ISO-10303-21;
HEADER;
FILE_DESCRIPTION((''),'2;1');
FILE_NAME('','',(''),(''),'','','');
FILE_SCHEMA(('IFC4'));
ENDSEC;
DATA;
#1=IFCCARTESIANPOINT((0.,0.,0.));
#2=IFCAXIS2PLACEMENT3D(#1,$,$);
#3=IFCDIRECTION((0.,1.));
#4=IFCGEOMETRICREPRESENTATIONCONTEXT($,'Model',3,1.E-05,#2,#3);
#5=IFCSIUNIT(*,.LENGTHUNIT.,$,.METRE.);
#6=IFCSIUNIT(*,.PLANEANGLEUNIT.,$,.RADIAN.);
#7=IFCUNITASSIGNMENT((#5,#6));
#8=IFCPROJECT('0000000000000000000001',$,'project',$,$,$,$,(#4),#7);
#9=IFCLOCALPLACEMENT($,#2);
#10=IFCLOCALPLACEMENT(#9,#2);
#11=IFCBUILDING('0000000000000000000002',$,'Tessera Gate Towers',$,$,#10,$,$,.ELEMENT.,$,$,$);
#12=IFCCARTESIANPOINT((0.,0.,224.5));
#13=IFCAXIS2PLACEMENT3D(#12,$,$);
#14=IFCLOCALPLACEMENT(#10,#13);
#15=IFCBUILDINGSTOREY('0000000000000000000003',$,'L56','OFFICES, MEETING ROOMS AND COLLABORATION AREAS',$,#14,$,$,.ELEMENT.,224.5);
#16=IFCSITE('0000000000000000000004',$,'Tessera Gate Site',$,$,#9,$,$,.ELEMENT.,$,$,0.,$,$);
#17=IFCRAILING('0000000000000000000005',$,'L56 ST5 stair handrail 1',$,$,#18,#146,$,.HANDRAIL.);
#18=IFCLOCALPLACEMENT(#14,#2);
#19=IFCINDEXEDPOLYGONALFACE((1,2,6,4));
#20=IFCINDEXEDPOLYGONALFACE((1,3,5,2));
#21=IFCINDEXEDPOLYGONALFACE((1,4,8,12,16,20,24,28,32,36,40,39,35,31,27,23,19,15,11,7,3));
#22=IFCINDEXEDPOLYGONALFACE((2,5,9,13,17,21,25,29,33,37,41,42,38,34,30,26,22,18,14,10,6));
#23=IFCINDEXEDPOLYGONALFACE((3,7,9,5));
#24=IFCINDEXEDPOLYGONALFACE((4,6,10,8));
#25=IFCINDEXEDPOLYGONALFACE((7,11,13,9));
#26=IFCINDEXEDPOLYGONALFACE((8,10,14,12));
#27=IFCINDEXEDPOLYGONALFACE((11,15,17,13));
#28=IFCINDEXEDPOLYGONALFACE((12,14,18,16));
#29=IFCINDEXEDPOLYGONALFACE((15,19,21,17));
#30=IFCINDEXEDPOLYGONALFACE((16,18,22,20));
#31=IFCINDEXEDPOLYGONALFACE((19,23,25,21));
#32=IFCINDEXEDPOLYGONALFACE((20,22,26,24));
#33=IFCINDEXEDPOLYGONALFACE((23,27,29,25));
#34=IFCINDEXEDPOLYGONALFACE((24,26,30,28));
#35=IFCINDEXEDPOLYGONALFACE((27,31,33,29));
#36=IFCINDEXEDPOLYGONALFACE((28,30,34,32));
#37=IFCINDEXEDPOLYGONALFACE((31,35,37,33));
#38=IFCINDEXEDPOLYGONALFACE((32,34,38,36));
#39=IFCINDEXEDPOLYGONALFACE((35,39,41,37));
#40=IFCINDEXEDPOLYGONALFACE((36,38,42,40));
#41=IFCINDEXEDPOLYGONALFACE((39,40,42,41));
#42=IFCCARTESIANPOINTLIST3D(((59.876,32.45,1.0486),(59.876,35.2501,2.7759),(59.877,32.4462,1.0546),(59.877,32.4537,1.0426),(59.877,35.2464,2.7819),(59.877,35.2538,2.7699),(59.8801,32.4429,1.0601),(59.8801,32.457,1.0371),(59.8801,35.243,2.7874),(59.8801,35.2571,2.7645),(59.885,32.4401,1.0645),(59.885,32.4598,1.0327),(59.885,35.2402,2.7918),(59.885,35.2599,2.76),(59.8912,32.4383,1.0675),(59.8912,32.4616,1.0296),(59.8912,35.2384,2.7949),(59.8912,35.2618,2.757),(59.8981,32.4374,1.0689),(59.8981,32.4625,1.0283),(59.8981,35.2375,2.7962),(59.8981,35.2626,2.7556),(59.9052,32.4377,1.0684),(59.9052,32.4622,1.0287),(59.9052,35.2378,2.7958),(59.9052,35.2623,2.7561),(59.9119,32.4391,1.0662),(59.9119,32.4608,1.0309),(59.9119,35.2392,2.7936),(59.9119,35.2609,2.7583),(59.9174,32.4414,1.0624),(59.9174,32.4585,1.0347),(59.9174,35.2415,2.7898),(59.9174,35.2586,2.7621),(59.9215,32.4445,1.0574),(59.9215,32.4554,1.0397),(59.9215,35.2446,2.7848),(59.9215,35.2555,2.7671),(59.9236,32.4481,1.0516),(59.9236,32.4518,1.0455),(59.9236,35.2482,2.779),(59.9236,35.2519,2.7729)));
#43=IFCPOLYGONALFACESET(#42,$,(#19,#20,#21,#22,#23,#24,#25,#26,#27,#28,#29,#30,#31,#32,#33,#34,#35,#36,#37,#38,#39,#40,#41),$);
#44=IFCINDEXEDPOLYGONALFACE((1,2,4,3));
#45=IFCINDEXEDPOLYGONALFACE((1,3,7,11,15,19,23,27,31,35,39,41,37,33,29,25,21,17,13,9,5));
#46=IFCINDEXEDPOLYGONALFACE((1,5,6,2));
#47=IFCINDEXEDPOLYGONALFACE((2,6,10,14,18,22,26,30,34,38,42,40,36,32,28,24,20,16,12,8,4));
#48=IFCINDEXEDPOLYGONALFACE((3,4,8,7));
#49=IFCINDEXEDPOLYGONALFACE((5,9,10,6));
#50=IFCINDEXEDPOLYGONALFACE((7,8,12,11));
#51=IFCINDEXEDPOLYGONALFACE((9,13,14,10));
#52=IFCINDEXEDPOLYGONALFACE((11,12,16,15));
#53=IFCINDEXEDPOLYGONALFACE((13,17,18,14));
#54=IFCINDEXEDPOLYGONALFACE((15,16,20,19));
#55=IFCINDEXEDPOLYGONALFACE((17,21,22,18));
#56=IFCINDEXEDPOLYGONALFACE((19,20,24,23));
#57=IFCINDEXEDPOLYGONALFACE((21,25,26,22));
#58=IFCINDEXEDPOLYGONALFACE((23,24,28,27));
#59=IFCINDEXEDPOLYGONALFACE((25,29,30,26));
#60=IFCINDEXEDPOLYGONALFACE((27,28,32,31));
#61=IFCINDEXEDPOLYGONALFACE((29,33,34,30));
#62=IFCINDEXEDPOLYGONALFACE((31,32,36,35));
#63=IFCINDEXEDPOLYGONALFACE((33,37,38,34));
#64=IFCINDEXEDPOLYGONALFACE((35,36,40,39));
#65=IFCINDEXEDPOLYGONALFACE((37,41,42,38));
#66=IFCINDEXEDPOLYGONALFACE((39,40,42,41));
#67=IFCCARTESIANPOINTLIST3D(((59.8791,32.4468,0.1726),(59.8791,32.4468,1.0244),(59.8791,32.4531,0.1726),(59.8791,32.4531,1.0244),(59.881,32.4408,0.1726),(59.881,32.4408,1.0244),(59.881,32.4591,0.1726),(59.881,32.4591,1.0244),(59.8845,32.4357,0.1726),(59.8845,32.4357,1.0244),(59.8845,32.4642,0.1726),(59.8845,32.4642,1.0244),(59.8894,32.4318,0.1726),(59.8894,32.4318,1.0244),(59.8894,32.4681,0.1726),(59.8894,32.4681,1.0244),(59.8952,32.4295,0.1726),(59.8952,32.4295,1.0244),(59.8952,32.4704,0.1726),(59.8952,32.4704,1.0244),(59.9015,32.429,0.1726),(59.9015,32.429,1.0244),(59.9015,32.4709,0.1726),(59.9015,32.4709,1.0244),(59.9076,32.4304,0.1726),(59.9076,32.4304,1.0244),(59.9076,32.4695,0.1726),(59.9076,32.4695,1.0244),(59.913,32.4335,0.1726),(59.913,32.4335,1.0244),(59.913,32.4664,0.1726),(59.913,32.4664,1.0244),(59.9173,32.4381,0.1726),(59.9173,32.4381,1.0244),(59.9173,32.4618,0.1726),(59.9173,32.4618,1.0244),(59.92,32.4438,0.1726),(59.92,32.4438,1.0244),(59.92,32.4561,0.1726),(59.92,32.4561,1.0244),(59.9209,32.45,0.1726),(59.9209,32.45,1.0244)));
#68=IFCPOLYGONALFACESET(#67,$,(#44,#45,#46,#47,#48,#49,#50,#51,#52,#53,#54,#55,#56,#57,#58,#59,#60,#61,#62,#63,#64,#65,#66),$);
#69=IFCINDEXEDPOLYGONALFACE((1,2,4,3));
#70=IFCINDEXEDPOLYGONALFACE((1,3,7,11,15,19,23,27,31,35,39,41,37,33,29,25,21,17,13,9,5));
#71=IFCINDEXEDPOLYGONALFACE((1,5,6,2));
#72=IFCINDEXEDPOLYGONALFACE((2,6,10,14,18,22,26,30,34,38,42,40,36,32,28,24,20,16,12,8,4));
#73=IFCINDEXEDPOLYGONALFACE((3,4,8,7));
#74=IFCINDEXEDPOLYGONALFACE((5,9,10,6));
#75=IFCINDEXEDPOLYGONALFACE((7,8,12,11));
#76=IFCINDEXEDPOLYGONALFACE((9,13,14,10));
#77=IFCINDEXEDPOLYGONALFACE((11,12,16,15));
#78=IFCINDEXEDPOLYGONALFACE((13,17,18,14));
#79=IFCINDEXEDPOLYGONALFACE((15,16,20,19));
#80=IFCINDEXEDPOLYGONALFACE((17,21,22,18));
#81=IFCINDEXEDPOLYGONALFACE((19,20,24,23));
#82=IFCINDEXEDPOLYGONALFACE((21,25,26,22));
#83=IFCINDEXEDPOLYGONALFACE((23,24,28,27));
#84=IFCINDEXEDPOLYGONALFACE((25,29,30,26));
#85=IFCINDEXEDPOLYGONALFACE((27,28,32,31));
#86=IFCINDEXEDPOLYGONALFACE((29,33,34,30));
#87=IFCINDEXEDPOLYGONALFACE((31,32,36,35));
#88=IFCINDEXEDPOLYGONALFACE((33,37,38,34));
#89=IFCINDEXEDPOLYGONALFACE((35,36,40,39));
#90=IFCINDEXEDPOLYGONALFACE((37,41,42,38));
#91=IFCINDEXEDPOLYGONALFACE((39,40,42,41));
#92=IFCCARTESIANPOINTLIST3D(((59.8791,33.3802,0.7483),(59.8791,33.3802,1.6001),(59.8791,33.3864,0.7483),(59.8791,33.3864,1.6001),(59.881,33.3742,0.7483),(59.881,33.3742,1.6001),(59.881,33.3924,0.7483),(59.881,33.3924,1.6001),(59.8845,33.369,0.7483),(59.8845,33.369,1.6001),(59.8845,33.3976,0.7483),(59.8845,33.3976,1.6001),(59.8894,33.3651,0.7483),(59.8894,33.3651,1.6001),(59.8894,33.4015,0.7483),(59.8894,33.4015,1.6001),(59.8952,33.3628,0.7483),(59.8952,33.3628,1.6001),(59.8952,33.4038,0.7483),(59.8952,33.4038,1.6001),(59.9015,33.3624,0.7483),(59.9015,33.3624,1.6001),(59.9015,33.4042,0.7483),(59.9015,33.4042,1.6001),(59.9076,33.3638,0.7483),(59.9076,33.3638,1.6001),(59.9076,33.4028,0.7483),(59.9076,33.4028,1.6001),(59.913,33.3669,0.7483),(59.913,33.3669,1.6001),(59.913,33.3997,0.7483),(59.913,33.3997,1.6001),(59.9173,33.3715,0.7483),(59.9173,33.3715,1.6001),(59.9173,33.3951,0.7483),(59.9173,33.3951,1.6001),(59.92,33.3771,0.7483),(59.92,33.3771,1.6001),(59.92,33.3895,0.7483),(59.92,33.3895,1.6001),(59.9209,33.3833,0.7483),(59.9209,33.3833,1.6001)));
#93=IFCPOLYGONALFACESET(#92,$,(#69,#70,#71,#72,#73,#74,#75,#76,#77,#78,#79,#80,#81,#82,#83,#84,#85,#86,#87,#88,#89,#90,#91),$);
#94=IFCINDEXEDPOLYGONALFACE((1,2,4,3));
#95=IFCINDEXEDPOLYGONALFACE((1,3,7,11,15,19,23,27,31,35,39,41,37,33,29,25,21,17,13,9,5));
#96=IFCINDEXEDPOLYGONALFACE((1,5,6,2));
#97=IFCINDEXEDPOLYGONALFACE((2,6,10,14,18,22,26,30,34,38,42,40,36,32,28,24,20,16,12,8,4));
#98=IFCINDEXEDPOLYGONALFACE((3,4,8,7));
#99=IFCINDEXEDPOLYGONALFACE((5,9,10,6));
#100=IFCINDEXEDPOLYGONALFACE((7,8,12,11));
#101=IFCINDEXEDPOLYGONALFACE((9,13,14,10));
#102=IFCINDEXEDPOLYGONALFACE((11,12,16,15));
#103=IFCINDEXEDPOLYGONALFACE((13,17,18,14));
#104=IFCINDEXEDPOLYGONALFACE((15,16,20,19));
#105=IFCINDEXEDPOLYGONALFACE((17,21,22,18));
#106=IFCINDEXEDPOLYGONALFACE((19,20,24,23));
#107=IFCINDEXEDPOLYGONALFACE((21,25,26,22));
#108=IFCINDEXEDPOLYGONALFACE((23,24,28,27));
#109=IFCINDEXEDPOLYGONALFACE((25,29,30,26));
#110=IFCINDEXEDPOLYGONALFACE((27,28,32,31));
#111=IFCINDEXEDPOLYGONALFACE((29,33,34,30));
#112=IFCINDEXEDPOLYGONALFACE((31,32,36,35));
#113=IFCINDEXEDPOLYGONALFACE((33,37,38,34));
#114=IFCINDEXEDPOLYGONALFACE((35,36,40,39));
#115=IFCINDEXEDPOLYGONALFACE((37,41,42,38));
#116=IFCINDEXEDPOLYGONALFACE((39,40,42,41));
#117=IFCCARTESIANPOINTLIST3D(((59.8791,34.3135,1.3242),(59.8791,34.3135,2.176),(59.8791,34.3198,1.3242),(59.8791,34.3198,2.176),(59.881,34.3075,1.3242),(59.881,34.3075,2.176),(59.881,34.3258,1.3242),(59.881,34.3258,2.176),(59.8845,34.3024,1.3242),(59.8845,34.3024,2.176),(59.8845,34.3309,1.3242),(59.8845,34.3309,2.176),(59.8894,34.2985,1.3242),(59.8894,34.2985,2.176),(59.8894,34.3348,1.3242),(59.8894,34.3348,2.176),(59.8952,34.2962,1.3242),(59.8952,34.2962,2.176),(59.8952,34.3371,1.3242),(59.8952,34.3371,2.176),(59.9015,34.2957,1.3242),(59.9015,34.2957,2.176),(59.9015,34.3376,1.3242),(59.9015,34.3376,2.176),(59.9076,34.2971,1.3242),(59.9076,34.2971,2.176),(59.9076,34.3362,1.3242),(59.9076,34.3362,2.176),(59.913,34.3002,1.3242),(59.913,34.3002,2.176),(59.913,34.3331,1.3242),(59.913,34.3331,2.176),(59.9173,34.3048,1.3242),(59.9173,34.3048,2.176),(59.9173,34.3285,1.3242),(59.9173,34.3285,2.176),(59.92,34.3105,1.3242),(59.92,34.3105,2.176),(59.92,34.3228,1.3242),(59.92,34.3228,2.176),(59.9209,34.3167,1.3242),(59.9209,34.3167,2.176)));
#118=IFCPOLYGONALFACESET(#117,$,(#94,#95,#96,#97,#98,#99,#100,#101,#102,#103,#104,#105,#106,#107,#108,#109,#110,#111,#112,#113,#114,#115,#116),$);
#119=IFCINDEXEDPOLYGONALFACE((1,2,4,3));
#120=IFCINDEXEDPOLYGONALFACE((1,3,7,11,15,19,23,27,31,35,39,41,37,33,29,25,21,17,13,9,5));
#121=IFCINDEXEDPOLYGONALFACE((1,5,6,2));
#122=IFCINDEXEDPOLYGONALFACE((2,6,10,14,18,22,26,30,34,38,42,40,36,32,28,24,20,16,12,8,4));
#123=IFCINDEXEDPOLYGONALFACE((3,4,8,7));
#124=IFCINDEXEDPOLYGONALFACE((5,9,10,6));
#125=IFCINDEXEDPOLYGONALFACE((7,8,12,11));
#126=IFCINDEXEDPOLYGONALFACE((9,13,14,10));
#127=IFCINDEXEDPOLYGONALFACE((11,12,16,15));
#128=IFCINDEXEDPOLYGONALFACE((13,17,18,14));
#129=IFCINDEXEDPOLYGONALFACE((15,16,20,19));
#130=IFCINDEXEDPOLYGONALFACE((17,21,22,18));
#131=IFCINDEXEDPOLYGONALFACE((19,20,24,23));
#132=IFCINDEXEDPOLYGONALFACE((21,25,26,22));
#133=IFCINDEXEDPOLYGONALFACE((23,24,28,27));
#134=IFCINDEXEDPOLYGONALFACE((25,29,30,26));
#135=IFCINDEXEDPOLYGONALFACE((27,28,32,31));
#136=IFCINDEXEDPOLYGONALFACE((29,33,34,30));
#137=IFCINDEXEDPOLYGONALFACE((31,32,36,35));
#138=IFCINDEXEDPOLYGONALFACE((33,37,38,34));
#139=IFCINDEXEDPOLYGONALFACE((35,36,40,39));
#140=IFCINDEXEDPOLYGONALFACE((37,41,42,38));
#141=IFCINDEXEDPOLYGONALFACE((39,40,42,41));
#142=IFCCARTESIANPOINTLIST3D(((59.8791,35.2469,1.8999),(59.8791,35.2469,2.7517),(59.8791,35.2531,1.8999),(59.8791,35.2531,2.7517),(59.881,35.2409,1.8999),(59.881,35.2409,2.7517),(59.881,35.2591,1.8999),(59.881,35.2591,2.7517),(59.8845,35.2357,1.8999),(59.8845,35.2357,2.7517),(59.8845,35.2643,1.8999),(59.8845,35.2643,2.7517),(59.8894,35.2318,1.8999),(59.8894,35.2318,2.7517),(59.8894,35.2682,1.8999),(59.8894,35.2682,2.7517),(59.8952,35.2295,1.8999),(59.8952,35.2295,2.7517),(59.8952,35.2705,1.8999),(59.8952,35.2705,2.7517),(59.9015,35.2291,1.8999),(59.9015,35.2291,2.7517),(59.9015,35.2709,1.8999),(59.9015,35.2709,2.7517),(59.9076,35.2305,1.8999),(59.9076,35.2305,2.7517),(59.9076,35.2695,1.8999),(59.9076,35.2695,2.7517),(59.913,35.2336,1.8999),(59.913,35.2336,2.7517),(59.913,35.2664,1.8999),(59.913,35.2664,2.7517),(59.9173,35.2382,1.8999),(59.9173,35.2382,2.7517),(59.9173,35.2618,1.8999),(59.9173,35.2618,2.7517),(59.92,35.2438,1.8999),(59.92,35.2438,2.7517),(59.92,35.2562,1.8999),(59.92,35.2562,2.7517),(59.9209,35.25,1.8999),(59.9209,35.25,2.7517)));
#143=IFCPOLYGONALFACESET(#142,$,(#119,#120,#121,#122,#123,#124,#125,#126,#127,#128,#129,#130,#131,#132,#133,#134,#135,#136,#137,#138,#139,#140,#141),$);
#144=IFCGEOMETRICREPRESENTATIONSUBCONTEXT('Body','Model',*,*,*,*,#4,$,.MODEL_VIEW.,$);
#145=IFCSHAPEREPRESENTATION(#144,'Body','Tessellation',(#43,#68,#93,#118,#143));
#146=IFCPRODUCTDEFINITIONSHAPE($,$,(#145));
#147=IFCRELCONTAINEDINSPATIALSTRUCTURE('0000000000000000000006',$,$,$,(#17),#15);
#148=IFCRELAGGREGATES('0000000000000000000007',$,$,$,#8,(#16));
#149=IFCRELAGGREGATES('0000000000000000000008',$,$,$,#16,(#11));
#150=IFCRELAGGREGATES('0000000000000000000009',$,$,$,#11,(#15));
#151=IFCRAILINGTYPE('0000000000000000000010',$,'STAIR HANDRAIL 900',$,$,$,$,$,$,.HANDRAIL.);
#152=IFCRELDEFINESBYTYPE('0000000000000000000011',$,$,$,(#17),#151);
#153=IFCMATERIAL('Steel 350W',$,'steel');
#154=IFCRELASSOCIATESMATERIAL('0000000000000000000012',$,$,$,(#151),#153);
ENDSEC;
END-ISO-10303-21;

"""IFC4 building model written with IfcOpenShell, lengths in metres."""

from ifc_helpers import new_model, si_unit, direction, frame, origin, origin_2d, place, context, subcontext, project, spatial, circle, extrude, material, type_object, element, save


model = new_model("IFC4")

# Units and contexts
model_context = context("Model", 3, precision=1e-05, world=origin(), true_north=direction((0.0, 1.0)))
body_context = subcontext(model_context, "Body", "Model", "MODEL_VIEW")
ifc_project = project(units=[si_unit("LENGTHUNIT", "METRE"), si_unit("PLANEANGLEUNIT", "RADIAN")], contexts=[model_context])

# Site, building, storey
site_placement = place(None, origin())
site = spatial("IfcSite", under=ifc_project, at=site_placement, Name="Tessera Gate Site", CompositionType="ELEMENT", RefElevation=0.0)
building_placement = place(site_placement, origin())
building = spatial("IfcBuilding", under=site, at=building_placement, Name="Tessera Gate Towers", CompositionType="ELEMENT")
storey_placement = place(building_placement, frame((0.0, 0.0, 224.5)))
storey = spatial("IfcBuildingStorey", under=building, at=storey_placement, Name="L56", Description="OFFICES, MEETING ROOMS AND COLLABORATION AREAS", CompositionType="ELEMENT", Elevation=224.5)

# Railing
ifc_material_1 = material(Name="Steel 350W", Category="steel")
railing_type_1 = type_object("IfcRailingType", Name="STAIR HANDRAIL 900", PredefinedType="HANDRAIL", material=ifc_material_1)
railing_1_placement = place(storey_placement, frame((59.8999, 32.45, 0.1726)))
element("IfcRailing", 1, at=railing_1_placement, inside=storey, type_object=railing_type_1, Name="L56 ST5 stair handrail 1", PredefinedType="HANDRAIL", context=body_context, shape_type="SweptSolid", body=[
    extrude(circle(Radius=0.0239, at=origin_2d()), frame((0.0, 0.0, 0.876), z_axis=(0.0, 0.85109, 0.52502), x_axis=(-1.0, 0.0, 0.0)), (0.0, 0.0, 1.0), 3.29),
    extrude(circle(Radius=0.021, at=origin_2d()), origin(), (0.0, 0.0, 1.0), 0.8518),
    extrude(circle(Radius=0.021, at=origin_2d()), frame((0.0, 0.9333, 0.5757)), (0.0, 0.0, 1.0), 0.8518),
    extrude(circle(Radius=0.021, at=origin_2d()), frame((0.0, 1.8667, 1.1516)), (0.0, 0.0, 1.0), 0.8518),
    extrude(circle(Radius=0.021, at=origin_2d()), frame((0.0, 2.8, 1.7273)), (0.0, 0.0, 1.0), 0.8518),
])

save(model, "model.ifc")
